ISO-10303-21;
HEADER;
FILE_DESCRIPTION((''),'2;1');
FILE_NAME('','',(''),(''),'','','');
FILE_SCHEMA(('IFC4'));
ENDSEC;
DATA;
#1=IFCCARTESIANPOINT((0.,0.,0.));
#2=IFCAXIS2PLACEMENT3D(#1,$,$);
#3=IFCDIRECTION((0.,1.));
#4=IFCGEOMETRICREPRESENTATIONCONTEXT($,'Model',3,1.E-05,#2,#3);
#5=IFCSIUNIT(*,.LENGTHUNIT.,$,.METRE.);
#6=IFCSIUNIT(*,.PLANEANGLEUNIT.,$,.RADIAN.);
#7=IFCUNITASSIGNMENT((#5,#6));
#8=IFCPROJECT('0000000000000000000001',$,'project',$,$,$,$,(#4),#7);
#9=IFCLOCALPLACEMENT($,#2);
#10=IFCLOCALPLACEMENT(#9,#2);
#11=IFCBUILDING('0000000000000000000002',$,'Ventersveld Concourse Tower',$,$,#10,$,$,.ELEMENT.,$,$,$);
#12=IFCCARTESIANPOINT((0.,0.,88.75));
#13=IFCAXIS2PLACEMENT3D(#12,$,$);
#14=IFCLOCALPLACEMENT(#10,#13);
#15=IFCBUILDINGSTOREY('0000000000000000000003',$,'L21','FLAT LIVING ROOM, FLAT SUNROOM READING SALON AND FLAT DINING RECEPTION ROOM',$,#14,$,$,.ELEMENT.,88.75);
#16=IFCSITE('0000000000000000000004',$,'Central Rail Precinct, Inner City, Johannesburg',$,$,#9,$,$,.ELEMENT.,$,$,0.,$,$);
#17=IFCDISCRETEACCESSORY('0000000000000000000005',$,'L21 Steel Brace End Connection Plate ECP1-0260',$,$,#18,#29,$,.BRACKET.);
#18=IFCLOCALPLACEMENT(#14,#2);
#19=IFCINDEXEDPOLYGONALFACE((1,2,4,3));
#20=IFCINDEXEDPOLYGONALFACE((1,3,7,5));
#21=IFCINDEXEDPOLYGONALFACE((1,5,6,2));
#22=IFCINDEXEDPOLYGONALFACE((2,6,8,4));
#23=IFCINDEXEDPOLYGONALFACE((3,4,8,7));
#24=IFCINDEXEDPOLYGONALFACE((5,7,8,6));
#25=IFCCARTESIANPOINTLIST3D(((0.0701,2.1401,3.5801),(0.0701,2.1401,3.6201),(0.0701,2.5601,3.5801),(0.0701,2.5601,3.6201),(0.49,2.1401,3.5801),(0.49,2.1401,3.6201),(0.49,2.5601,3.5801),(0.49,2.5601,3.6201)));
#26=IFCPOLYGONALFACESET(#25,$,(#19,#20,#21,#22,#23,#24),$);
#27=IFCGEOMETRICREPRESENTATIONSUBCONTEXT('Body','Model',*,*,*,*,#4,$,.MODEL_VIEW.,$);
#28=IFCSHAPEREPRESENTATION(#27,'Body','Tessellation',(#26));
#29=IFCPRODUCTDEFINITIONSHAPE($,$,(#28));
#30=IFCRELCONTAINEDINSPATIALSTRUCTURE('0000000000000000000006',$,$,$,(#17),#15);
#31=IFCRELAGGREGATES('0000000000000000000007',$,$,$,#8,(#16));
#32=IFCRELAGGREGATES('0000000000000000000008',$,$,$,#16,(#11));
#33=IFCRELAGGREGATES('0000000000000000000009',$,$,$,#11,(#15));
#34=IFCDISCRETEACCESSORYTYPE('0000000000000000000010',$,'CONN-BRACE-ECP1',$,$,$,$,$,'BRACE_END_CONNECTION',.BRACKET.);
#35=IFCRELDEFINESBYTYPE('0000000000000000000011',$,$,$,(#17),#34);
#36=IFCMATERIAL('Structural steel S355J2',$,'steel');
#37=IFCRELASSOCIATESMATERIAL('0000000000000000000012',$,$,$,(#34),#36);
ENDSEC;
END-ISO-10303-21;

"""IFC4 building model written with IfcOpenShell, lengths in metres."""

from ifc_helpers import new_model, si_unit, direction, frame, origin, origin_2d, place, context, subcontext, project, spatial, rectangle, extrude, material, type_object, element, save


model = new_model("IFC4")

# Units and contexts
model_context = context("Model", 3, precision=1e-05, world=origin(), true_north=direction((0.0, 1.0)))
body_context = subcontext(model_context, "Body", "Model", "MODEL_VIEW")
ifc_project = project(units=[si_unit("LENGTHUNIT", "METRE"), si_unit("PLANEANGLEUNIT", "RADIAN")], contexts=[model_context])

# Site, building, storey
site_placement = place(None, origin())
site = spatial("IfcSite", under=ifc_project, at=site_placement, Name="Central Rail Precinct, Inner City, Johannesburg", CompositionType="ELEMENT", RefElevation=0.0)
building_placement = place(site_placement, origin())
building = spatial("IfcBuilding", under=site, at=building_placement, Name="Ventersveld Concourse Tower", CompositionType="ELEMENT")
storey_placement = place(building_placement, frame((0.0, 0.0, 88.75)))
storey = spatial("IfcBuildingStorey", under=building, at=storey_placement, Name="L21", Description="FLAT LIVING ROOM, FLAT SUNROOM READING SALON AND FLAT DINING RECEPTION ROOM", CompositionType="ELEMENT", Elevation=88.75)

# Discrete accessory
ifc_material_1 = material(Name="Structural steel S355J2", Category="steel")
discrete_accessory_type = type_object("IfcDiscreteAccessoryType", Name="CONN-BRACE-ECP1", ElementType="BRACE_END_CONNECTION", PredefinedType="BRACKET", material=ifc_material_1)
discrete_accessory_placement = place(storey_placement, frame((0.28, 2.3501, 3.5801), z_axis=(0.0, 0.0, 1.0), x_axis=(1.0, 0.0, 0.0)))
element("IfcDiscreteAccessory", 1, at=discrete_accessory_placement, inside=storey, type_object=discrete_accessory_type, Name="L21 Steel Brace End Connection Plate ECP1-0260", PredefinedType="BRACKET", context=body_context, shape_type="SweptSolid", body=[
    extrude(rectangle(XDim=0.4199, YDim=0.4199, at=origin_2d()), origin(), (0.0, 0.0, 1.0), 0.04),
])

save(model, "model.ifc")
